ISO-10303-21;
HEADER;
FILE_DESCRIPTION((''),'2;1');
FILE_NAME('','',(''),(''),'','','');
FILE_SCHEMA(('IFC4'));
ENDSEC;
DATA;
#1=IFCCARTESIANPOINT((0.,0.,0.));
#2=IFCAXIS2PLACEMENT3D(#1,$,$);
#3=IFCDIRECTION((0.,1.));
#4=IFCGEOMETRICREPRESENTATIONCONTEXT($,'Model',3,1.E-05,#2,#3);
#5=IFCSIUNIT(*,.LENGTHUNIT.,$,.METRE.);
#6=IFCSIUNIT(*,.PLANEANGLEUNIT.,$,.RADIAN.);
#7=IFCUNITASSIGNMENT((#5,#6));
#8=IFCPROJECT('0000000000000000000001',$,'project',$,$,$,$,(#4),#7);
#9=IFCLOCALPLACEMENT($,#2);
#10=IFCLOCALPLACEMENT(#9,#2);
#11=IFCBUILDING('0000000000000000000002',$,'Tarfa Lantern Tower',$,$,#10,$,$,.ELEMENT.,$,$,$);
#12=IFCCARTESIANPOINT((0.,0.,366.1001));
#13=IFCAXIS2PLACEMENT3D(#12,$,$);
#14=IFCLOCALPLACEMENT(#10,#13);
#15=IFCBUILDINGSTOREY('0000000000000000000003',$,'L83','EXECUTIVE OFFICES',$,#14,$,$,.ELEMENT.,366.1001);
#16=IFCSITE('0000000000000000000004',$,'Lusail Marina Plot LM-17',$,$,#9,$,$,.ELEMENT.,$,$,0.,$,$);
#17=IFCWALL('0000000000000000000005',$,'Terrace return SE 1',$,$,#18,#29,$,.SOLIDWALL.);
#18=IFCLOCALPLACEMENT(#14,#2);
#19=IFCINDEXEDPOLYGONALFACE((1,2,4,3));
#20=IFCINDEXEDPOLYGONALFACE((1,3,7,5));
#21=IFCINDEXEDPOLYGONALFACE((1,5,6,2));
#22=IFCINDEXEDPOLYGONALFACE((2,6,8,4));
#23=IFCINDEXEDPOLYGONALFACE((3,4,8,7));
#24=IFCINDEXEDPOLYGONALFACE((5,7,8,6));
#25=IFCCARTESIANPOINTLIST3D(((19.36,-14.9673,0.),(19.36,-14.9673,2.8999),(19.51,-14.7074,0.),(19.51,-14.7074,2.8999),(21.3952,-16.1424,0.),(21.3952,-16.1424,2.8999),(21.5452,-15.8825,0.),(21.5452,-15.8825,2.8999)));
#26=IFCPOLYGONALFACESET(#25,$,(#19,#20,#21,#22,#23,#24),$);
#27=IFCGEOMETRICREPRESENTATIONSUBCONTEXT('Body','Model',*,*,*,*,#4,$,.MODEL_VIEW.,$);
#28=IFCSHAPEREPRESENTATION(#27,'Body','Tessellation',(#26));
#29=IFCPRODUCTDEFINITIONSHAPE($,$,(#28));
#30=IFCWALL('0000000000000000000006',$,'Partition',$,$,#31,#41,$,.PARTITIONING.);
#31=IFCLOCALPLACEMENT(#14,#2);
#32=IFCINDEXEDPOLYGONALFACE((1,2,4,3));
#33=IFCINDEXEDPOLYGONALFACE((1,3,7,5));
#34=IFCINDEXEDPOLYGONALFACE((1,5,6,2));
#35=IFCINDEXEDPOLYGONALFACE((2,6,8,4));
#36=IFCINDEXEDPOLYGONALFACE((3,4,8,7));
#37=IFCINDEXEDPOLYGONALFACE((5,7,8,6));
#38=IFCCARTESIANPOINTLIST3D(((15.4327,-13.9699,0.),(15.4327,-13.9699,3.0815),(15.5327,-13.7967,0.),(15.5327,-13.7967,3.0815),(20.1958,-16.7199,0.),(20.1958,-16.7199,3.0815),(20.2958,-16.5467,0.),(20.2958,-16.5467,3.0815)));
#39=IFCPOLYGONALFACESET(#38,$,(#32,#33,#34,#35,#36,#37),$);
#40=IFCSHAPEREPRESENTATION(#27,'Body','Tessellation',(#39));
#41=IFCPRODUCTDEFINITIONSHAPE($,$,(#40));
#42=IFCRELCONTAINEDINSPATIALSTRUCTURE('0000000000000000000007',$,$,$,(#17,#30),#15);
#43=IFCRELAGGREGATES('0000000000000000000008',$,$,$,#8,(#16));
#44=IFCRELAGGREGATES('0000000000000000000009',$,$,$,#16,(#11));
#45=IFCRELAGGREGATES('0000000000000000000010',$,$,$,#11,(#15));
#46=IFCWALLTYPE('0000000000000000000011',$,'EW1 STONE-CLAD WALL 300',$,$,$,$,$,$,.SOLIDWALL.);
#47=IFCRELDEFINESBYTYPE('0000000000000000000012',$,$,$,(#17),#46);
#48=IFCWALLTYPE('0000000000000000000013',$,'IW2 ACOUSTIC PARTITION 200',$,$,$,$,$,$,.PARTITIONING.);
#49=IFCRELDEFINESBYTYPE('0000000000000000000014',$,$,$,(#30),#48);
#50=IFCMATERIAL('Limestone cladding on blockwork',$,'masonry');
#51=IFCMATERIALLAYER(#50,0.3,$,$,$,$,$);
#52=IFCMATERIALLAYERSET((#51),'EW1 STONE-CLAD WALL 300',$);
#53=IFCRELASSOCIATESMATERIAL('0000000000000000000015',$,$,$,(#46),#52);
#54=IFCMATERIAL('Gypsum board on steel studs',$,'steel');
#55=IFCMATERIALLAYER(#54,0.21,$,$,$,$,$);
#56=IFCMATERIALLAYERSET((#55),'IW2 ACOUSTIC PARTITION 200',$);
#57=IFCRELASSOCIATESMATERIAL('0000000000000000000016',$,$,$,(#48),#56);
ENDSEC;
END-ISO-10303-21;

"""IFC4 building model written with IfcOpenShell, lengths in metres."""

from ifc_helpers import new_model, si_unit, direction, frame, frame_2d, origin, place, context, subcontext, project, spatial, rectangle, extrude, material, layer, layer_set, type_object, element, save


model = new_model("IFC4")

# Units and contexts
model_context = context("Model", 3, precision=1e-05, world=origin(), true_north=direction((0.0, 1.0)))
body_context = subcontext(model_context, "Body", "Model", "MODEL_VIEW")
ifc_project = project(units=[si_unit("LENGTHUNIT", "METRE"), si_unit("PLANEANGLEUNIT", "RADIAN")], contexts=[model_context])

# Site, building, storey
site_placement = place(None, origin())
site = spatial("IfcSite", under=ifc_project, at=site_placement, Name="Lusail Marina Plot LM-17", CompositionType="ELEMENT", RefElevation=0.0)
building_placement = place(site_placement, origin())
building = spatial("IfcBuilding", under=site, at=building_placement, Name="Tarfa Lantern Tower", CompositionType="ELEMENT")
storey_placement = place(building_placement, frame((0.0, 0.0, 366.1001)))
storey = spatial("IfcBuildingStorey", under=building, at=storey_placement, Name="L83", Description="EXECUTIVE OFFICES", CompositionType="ELEMENT", Elevation=366.1001)

# Shared definitions
ifc_material_1 = material(Name="Limestone cladding on blockwork", Category="masonry")
ifc_layer_1 = layer(ifc_material_1, 0.3)
ifc_layer_set_1 = layer_set([ifc_layer_1], Name="EW1 STONE-CLAD WALL 300")
wall_type_1 = type_object("IfcWallType", Name="EW1 STONE-CLAD WALL 300", PredefinedType="SOLIDWALL", material=ifc_layer_set_1)

# Wall
wall_1_placement = place(storey_placement, frame((21.4702, -16.0125, 0.0), z_axis=(0.0, 0.0, 1.0), x_axis=(-0.866016, 0.500016, 0.0)))
element("IfcWall", 1, at=wall_1_placement, inside=storey, type_object=wall_type_1, Name="Terrace return SE 1", PredefinedType="SOLIDWALL", context=body_context, shape_type="SweptSolid", body=[
    extrude(rectangle(XDim=2.3501, YDim=0.3, at=frame_2d((1.175, 0.0))), origin(), (0.0, 0.0, 1.0), 2.8999),
])

# Shared definitions
ifc_material_2 = material(Name="Gypsum board on steel studs", Category="steel")
ifc_layer_2 = layer(ifc_material_2, 0.21)
ifc_layer_set_2 = layer_set([ifc_layer_2], Name="IW2 ACOUSTIC PARTITION 200")
wall_type_2 = type_object("IfcWallType", Name="IW2 ACOUSTIC PARTITION 200", PredefinedType="PARTITIONING", material=ifc_layer_set_2)

# Wall
wall_2_placement = place(storey_placement, frame((15.4827, -13.8833, 0.0), z_axis=(0.0, 0.0, 1.0), x_axis=(0.866027, -0.499997, 0.0)))
element("IfcWall", 2, at=wall_2_placement, inside=storey, type_object=wall_type_2, Name="Partition", PredefinedType="PARTITIONING", context=body_context, shape_type="SweptSolid", body=[
    extrude(rectangle(XDim=5.5, YDim=0.2, at=frame_2d((2.75, 0.0))), origin(), (0.0, 0.0, 1.0), 3.0815),
])

save(model, "model.ifc")
